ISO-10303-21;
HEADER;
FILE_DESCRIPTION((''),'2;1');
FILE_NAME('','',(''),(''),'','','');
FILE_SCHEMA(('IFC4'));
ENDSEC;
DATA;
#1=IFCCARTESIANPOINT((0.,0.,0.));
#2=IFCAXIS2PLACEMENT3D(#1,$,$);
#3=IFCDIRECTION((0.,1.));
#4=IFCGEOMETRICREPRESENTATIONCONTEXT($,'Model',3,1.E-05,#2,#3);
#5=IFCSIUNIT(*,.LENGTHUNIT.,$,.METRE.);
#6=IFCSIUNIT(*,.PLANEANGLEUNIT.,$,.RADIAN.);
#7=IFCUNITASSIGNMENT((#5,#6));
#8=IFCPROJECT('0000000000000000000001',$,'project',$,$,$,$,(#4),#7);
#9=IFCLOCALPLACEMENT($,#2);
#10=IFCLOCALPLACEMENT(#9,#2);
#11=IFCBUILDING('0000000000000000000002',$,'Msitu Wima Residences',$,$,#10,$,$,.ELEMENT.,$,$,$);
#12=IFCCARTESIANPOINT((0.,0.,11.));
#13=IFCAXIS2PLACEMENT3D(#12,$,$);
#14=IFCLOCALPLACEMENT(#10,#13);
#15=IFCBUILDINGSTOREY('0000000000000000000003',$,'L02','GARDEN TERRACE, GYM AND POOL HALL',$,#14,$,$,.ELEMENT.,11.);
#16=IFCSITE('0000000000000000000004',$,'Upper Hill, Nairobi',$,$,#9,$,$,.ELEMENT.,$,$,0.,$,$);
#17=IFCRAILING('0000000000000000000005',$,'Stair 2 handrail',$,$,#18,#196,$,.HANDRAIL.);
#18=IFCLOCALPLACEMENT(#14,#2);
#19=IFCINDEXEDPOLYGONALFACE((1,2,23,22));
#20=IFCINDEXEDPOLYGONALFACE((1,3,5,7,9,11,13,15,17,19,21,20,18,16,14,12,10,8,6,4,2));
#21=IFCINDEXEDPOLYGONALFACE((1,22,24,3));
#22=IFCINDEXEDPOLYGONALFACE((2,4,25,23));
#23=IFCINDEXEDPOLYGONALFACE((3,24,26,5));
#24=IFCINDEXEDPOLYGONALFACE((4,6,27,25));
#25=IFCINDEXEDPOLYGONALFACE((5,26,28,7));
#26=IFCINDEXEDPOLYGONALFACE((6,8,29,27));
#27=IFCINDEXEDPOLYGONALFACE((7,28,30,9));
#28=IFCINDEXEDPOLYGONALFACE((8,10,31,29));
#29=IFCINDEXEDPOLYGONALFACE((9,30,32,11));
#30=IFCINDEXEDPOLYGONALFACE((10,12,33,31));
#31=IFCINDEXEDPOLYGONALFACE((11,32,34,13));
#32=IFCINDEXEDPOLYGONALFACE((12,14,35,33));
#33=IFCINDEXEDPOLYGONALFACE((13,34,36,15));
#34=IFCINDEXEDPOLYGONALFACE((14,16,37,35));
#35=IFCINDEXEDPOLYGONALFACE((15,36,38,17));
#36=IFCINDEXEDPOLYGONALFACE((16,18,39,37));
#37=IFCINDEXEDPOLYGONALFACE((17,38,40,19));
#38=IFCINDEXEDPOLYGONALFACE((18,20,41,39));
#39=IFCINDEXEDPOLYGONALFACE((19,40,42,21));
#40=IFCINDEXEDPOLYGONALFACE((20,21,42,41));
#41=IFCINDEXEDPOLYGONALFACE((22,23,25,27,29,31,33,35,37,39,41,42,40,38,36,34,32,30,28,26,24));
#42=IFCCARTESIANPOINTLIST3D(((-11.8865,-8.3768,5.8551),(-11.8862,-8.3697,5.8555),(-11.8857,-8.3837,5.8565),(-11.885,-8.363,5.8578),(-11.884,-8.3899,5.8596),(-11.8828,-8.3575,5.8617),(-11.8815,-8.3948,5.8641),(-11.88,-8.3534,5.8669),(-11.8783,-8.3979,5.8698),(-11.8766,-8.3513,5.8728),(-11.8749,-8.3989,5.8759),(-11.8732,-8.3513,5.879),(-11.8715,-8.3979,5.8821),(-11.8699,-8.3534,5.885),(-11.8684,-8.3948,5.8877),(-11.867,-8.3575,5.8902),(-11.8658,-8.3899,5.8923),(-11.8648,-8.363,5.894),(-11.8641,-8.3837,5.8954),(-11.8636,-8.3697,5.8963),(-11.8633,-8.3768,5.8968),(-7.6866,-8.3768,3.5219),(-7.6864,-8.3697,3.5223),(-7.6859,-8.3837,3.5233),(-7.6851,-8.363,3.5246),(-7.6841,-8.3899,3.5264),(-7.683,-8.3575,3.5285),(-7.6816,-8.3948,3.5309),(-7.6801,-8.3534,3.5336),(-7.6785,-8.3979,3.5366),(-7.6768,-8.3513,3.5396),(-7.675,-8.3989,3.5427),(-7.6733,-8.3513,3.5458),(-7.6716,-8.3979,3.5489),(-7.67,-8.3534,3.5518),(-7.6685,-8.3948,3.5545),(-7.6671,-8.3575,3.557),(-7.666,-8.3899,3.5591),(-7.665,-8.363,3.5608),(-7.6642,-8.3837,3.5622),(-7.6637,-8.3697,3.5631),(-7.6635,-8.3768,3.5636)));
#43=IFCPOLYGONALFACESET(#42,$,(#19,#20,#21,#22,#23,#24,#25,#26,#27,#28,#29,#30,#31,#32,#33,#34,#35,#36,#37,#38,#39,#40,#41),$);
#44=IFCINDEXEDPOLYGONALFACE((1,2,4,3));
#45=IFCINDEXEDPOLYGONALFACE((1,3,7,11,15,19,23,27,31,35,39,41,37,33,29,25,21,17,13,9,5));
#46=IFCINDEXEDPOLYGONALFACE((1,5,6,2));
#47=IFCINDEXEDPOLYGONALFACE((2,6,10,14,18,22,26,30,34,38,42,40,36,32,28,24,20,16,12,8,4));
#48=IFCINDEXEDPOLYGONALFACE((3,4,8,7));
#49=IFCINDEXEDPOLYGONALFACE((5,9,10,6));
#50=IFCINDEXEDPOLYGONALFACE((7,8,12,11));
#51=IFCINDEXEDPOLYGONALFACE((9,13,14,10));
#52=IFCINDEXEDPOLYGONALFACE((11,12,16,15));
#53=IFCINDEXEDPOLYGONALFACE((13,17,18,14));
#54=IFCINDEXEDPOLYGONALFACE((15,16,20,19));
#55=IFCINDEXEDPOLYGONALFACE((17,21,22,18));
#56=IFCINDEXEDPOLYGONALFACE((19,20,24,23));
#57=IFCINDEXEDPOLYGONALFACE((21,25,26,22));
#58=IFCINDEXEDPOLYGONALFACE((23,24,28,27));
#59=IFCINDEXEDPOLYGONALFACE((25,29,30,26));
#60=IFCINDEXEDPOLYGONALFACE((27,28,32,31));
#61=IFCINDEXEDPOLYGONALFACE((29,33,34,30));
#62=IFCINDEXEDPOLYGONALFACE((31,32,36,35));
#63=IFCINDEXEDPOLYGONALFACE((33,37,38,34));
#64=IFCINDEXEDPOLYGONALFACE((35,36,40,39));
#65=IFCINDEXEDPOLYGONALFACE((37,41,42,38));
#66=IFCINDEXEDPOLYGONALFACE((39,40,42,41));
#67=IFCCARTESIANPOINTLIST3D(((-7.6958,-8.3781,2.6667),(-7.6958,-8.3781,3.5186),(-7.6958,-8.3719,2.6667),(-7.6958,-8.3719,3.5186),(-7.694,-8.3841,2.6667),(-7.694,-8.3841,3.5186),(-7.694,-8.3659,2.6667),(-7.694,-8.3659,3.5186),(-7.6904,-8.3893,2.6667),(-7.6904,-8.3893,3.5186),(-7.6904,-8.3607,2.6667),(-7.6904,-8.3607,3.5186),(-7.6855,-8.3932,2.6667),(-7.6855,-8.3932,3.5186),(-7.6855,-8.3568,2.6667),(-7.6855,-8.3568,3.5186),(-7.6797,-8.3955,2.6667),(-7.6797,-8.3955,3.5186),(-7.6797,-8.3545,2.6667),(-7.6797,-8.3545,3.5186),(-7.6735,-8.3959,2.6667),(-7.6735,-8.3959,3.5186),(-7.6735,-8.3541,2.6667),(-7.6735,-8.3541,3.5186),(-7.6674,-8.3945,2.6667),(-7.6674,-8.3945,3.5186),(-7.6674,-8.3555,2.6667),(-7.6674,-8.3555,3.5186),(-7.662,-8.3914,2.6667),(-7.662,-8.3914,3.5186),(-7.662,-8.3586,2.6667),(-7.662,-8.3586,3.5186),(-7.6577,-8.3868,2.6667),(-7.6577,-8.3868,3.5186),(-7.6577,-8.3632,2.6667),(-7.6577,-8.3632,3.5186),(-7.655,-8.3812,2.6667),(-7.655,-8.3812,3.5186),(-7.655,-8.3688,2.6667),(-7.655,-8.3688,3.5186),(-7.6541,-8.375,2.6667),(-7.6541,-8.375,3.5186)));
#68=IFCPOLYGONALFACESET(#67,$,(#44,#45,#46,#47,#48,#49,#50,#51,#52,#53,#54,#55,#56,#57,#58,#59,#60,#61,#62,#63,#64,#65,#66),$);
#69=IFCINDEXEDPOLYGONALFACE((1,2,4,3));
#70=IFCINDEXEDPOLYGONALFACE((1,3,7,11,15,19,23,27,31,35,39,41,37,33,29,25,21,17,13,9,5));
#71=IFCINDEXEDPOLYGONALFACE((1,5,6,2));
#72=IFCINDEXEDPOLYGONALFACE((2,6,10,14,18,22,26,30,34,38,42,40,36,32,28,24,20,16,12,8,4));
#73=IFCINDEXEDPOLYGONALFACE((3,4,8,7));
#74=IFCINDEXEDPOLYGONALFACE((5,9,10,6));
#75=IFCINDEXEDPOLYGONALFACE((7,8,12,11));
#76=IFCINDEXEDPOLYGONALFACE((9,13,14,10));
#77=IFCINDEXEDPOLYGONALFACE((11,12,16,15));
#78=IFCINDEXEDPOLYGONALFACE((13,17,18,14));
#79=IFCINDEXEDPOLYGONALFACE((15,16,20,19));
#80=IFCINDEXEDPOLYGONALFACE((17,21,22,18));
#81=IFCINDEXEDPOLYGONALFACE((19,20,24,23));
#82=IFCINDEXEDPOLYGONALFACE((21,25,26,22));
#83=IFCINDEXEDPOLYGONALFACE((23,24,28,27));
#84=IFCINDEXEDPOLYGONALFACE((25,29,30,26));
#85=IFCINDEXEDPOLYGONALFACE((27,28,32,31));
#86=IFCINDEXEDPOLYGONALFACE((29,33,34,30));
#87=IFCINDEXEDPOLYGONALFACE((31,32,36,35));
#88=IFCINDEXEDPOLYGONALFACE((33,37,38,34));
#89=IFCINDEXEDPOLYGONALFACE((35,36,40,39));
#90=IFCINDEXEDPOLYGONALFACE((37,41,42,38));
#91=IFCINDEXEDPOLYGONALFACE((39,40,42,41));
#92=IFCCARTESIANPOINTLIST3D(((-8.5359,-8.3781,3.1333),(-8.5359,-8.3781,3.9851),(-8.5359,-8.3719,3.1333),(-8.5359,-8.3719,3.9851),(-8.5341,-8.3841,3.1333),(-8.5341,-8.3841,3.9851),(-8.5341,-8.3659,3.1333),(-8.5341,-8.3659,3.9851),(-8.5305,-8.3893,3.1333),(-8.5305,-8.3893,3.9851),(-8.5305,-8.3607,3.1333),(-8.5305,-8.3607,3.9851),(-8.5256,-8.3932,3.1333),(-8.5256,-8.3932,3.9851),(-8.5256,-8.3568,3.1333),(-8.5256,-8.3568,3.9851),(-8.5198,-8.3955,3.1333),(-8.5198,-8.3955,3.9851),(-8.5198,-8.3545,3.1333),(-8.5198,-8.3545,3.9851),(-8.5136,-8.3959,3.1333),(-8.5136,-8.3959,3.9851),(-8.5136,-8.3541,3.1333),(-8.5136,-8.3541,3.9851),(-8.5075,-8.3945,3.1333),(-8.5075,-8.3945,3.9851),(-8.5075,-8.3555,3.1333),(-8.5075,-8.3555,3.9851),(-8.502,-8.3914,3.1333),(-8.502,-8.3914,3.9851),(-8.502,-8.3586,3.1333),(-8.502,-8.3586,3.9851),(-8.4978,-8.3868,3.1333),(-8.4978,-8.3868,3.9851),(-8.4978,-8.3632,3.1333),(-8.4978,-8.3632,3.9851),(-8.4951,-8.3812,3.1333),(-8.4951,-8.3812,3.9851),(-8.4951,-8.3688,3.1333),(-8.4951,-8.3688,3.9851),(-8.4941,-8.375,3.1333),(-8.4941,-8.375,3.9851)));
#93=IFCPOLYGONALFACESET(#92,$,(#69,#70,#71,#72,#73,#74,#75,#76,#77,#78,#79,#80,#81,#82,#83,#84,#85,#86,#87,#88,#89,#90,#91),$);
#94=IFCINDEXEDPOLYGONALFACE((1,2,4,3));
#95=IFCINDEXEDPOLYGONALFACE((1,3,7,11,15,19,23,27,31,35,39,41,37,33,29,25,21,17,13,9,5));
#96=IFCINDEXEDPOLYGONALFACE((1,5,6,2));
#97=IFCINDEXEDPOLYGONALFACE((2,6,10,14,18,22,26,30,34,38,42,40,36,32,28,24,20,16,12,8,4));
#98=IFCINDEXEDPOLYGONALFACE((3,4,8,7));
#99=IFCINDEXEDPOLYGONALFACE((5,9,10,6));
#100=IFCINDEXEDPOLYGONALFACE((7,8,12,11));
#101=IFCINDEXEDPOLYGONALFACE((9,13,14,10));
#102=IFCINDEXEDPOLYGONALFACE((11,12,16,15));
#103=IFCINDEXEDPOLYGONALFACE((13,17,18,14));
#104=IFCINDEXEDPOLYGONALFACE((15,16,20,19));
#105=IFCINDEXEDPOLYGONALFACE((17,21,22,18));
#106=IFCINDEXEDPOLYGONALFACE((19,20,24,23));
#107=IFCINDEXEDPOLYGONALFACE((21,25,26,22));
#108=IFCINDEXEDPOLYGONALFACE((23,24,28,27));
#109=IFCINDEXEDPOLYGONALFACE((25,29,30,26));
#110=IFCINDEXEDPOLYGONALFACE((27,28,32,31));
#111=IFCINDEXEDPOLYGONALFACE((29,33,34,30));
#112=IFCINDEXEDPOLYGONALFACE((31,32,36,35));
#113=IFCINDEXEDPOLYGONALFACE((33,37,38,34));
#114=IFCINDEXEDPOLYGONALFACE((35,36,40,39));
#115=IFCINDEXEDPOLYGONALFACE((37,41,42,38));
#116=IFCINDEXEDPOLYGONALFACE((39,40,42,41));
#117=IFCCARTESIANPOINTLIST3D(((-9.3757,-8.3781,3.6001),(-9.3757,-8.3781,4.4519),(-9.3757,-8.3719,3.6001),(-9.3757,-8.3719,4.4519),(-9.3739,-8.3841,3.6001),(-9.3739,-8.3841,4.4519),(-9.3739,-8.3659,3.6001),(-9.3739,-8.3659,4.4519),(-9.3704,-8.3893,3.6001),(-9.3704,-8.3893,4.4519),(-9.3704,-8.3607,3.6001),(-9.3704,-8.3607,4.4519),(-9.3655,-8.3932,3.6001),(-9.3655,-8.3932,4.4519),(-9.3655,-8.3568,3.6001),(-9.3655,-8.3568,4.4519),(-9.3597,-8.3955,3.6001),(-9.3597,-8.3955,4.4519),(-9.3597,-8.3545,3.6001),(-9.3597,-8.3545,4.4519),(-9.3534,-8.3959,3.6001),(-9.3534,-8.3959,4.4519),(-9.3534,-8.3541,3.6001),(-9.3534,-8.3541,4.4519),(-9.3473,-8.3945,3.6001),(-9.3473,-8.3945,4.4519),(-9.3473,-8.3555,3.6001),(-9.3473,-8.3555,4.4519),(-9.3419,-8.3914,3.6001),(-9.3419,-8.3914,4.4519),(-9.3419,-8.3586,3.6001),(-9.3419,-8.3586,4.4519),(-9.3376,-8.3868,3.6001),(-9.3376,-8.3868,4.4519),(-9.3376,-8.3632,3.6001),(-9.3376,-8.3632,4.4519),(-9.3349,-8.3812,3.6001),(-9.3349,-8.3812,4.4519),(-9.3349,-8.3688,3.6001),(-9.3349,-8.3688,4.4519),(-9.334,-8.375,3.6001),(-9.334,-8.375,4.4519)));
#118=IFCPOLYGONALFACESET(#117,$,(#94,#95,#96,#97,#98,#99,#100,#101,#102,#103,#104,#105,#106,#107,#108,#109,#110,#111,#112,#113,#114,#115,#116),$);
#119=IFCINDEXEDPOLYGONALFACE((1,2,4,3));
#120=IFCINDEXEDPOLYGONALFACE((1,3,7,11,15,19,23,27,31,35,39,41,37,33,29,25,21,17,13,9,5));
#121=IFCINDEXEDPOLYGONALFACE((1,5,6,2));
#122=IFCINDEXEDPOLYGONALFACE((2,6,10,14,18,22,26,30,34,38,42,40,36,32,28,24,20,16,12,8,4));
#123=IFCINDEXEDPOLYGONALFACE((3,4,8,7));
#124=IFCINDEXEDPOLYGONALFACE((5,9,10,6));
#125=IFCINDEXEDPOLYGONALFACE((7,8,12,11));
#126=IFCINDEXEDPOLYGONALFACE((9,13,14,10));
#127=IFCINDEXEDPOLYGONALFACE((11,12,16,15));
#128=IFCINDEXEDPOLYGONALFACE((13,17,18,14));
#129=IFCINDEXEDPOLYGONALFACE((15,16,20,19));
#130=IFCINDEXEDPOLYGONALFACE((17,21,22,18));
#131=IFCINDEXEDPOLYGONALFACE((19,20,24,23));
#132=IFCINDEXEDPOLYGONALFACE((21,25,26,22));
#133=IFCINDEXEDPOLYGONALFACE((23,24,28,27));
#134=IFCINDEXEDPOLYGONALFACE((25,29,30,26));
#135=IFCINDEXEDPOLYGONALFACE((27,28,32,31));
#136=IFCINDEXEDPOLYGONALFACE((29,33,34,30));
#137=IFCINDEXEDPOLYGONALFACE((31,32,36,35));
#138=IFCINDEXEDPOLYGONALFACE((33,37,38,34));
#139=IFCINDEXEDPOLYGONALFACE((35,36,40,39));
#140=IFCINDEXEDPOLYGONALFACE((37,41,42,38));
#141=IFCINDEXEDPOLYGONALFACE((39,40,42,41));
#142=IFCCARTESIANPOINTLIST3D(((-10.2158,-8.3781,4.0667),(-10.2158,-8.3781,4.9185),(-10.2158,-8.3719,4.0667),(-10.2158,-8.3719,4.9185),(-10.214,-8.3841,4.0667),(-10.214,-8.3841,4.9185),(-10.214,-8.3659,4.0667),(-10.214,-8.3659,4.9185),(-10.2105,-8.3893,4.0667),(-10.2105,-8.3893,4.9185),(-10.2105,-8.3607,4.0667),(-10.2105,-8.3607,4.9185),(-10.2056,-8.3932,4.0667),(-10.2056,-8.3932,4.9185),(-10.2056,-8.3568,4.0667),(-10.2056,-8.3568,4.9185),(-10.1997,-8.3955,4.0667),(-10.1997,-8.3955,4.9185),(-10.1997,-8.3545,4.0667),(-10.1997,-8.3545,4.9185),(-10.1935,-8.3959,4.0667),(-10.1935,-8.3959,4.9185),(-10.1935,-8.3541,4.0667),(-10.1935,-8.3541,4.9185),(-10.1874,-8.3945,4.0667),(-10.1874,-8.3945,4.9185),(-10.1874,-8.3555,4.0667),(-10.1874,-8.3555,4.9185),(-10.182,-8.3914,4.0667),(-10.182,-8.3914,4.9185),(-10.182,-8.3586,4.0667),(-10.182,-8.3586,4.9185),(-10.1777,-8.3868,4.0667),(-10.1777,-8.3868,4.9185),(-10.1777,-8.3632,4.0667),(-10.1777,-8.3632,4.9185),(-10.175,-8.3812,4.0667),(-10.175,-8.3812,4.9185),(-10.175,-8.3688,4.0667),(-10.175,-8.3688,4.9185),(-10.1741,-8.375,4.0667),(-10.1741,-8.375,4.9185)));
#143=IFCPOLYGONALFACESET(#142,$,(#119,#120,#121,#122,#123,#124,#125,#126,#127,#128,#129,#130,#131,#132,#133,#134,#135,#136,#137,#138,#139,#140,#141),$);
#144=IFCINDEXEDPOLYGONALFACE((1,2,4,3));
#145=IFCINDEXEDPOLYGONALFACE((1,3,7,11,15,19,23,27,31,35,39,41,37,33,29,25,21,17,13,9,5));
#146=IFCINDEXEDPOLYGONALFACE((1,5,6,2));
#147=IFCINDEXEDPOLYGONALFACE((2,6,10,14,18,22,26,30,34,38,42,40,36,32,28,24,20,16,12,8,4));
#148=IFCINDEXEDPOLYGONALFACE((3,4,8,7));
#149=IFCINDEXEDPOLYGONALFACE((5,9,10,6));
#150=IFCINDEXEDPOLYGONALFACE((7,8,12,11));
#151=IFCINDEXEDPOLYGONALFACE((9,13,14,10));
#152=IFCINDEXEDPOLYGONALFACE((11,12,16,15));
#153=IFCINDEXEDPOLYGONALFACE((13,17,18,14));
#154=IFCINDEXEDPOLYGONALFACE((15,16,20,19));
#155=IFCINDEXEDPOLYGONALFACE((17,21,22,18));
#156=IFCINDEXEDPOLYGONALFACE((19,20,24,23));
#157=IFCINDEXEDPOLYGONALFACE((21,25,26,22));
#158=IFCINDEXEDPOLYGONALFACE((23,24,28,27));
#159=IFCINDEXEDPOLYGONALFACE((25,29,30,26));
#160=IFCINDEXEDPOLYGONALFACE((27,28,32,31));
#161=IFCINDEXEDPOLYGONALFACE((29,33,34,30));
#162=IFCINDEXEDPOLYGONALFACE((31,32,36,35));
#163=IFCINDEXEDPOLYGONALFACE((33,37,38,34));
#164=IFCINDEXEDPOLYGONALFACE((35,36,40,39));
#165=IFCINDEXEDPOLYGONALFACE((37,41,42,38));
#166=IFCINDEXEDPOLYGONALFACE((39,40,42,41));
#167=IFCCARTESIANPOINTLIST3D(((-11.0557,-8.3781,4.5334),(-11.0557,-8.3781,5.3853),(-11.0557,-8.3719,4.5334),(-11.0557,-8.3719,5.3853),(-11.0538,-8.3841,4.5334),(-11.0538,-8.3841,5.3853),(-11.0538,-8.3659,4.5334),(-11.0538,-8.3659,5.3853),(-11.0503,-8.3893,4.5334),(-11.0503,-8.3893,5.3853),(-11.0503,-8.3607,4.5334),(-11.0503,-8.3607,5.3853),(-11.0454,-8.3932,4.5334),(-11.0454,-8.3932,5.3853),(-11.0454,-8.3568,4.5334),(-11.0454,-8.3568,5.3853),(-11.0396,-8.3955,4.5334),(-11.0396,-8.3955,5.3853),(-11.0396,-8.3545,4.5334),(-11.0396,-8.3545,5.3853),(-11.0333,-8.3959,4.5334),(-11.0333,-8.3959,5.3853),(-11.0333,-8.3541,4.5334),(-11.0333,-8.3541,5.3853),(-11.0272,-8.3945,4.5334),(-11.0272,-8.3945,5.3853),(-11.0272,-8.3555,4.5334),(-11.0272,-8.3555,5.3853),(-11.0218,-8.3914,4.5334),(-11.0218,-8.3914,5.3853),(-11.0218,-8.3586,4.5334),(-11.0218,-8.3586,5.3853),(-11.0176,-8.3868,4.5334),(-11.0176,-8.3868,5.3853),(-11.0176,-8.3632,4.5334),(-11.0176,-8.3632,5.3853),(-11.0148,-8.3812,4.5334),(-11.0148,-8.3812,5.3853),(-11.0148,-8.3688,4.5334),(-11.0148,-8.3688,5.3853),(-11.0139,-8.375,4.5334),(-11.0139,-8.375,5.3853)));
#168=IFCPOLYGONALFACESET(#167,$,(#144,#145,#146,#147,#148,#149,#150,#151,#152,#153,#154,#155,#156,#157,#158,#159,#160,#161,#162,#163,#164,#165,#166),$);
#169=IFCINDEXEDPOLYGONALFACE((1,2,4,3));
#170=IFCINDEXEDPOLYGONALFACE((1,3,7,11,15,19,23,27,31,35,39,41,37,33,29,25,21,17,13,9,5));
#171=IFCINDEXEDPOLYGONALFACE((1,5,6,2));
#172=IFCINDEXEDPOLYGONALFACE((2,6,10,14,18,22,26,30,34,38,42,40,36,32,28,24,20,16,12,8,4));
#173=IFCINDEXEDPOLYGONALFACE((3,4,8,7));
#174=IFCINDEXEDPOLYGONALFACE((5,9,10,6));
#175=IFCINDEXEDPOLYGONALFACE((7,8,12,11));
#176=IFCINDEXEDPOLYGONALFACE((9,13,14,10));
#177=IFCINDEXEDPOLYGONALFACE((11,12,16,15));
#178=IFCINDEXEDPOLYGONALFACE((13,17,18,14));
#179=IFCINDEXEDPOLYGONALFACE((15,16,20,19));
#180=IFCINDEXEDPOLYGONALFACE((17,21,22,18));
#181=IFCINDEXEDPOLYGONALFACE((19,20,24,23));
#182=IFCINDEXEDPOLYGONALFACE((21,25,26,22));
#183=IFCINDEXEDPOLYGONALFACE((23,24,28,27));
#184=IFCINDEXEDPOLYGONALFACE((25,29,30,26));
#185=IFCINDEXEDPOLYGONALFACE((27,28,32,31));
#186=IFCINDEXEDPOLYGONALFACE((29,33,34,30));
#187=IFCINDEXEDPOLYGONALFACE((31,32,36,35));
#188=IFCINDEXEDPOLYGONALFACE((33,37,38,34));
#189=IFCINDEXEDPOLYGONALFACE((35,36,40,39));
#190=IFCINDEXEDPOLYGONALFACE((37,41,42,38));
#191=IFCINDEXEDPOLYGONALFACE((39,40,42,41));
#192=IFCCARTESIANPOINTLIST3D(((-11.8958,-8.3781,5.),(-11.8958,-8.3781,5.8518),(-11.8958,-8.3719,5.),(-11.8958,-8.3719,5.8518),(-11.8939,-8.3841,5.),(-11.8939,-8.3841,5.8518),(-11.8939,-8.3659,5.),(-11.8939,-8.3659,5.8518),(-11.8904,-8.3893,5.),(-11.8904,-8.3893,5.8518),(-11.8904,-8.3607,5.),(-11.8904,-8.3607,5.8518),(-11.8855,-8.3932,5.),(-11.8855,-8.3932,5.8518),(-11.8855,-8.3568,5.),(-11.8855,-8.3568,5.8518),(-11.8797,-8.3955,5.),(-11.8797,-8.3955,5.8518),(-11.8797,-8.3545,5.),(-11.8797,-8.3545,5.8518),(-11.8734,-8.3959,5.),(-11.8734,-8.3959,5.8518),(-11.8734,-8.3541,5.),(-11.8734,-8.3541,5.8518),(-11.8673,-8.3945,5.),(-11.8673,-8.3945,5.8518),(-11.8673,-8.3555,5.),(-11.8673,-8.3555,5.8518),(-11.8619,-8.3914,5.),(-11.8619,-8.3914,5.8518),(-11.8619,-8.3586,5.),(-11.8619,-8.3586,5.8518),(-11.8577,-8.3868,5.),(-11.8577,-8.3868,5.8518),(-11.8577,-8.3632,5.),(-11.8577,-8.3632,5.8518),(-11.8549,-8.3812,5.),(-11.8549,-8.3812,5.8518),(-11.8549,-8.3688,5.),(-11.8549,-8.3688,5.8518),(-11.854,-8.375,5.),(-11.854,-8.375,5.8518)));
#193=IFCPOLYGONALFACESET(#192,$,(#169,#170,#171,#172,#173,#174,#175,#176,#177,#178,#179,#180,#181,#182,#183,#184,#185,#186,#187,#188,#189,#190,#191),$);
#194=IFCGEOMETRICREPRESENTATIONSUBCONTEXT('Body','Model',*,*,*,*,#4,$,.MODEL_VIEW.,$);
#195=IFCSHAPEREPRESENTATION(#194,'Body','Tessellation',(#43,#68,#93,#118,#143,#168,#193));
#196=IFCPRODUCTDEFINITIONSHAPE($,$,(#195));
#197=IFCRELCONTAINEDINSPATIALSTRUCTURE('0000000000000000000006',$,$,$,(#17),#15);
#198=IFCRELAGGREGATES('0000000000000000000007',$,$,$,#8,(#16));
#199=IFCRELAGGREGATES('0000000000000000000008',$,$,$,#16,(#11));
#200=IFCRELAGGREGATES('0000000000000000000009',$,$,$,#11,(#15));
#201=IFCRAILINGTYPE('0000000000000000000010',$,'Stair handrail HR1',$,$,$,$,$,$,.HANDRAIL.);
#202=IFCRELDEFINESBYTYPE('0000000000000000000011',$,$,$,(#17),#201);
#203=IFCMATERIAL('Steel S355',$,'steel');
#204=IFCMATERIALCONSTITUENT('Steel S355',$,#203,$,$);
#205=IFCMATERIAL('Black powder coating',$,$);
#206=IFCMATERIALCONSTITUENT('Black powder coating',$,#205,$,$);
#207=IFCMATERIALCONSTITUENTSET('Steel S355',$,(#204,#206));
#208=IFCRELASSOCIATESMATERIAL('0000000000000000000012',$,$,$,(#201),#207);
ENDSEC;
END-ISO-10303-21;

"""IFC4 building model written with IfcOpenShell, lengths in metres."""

from ifc_helpers import new_model, si_unit, direction, frame, origin, origin_2d, place, context, subcontext, project, spatial, circle, extrude, material, constituent, constituent_set, type_object, element, save


model = new_model("IFC4")

# Units and contexts
model_context = context("Model", 3, precision=1e-05, world=origin(), true_north=direction((0.0, 1.0)))
body_context = subcontext(model_context, "Body", "Model", "MODEL_VIEW")
ifc_project = project(units=[si_unit("LENGTHUNIT", "METRE"), si_unit("PLANEANGLEUNIT", "RADIAN")], contexts=[model_context])

# Site, building, storey
site_placement = place(None, origin())
site = spatial("IfcSite", under=ifc_project, at=site_placement, Name="Upper Hill, Nairobi", CompositionType="ELEMENT", RefElevation=0.0)
building_placement = place(site_placement, origin())
building = spatial("IfcBuilding", under=site, at=building_placement, Name="Msitu Wima Residences", CompositionType="ELEMENT")
storey_placement = place(building_placement, frame((0.0, 0.0, 11.0)))
storey = spatial("IfcBuildingStorey", under=building, at=storey_placement, Name="L02", Description="GARDEN TERRACE, GYM AND POOL HALL", CompositionType="ELEMENT", Elevation=11.0)

# Railing
ifc_material_1 = material(Name="Steel S355", Category="steel")
ifc_constituent_1 = constituent(ifc_material_1, Name="Steel S355")
ifc_material_2 = material(Name="Black powder coating")
ifc_constituent_2 = constituent(ifc_material_2, Name="Black powder coating")
ifc_constituent_set = constituent_set(constituents=[ifc_constituent_1, ifc_constituent_2], Name="Steel S355")
railing_type = type_object("IfcRailingType", Name="Stair handrail HR1", PredefinedType="HANDRAIL", material=ifc_constituent_set)
for number, where, name in (
    (1, (-7.675, -8.375, 2.6667), "Stair 2 handrail"),
):
    element("IfcRailing", number, at=place(storey_placement, frame(where)), inside=storey, type_object=railing_type, Name=name, PredefinedType="HANDRAIL", context=body_context, shape_type="SweptSolid", body=[
        extrude(circle(Radius=0.0239, at=origin_2d()), frame((0.0, 0.0, 0.876), z_axis=(-0.874162, 0.0, 0.485634), x_axis=(0.0, -1.0, 0.0)), (0.0, 0.0, 1.0), 4.8044),
        extrude(circle(Radius=0.021, at=origin_2d()), origin(), (0.0, 0.0, 1.0), 0.8518),
        extrude(circle(Radius=0.021, at=origin_2d()), frame((-0.8401, 0.0, 0.4666)), (0.0, 0.0, 1.0), 0.8518),
        extrude(circle(Radius=0.021, at=origin_2d()), frame((-1.6799, 0.0, 0.9333)), (0.0, 0.0, 1.0), 0.8518),
        extrude(circle(Radius=0.021, at=origin_2d()), frame((-2.52, 0.0, 1.3999)), (0.0, 0.0, 1.0), 0.8518),
        extrude(circle(Radius=0.021, at=origin_2d()), frame((-3.3599, 0.0, 1.8667)), (0.0, 0.0, 1.0), 0.8518),
        extrude(circle(Radius=0.021, at=origin_2d()), frame((-4.2, 0.0, 2.3333)), (0.0, 0.0, 1.0), 0.8518),
    ])

save(model, "model.ifc")
